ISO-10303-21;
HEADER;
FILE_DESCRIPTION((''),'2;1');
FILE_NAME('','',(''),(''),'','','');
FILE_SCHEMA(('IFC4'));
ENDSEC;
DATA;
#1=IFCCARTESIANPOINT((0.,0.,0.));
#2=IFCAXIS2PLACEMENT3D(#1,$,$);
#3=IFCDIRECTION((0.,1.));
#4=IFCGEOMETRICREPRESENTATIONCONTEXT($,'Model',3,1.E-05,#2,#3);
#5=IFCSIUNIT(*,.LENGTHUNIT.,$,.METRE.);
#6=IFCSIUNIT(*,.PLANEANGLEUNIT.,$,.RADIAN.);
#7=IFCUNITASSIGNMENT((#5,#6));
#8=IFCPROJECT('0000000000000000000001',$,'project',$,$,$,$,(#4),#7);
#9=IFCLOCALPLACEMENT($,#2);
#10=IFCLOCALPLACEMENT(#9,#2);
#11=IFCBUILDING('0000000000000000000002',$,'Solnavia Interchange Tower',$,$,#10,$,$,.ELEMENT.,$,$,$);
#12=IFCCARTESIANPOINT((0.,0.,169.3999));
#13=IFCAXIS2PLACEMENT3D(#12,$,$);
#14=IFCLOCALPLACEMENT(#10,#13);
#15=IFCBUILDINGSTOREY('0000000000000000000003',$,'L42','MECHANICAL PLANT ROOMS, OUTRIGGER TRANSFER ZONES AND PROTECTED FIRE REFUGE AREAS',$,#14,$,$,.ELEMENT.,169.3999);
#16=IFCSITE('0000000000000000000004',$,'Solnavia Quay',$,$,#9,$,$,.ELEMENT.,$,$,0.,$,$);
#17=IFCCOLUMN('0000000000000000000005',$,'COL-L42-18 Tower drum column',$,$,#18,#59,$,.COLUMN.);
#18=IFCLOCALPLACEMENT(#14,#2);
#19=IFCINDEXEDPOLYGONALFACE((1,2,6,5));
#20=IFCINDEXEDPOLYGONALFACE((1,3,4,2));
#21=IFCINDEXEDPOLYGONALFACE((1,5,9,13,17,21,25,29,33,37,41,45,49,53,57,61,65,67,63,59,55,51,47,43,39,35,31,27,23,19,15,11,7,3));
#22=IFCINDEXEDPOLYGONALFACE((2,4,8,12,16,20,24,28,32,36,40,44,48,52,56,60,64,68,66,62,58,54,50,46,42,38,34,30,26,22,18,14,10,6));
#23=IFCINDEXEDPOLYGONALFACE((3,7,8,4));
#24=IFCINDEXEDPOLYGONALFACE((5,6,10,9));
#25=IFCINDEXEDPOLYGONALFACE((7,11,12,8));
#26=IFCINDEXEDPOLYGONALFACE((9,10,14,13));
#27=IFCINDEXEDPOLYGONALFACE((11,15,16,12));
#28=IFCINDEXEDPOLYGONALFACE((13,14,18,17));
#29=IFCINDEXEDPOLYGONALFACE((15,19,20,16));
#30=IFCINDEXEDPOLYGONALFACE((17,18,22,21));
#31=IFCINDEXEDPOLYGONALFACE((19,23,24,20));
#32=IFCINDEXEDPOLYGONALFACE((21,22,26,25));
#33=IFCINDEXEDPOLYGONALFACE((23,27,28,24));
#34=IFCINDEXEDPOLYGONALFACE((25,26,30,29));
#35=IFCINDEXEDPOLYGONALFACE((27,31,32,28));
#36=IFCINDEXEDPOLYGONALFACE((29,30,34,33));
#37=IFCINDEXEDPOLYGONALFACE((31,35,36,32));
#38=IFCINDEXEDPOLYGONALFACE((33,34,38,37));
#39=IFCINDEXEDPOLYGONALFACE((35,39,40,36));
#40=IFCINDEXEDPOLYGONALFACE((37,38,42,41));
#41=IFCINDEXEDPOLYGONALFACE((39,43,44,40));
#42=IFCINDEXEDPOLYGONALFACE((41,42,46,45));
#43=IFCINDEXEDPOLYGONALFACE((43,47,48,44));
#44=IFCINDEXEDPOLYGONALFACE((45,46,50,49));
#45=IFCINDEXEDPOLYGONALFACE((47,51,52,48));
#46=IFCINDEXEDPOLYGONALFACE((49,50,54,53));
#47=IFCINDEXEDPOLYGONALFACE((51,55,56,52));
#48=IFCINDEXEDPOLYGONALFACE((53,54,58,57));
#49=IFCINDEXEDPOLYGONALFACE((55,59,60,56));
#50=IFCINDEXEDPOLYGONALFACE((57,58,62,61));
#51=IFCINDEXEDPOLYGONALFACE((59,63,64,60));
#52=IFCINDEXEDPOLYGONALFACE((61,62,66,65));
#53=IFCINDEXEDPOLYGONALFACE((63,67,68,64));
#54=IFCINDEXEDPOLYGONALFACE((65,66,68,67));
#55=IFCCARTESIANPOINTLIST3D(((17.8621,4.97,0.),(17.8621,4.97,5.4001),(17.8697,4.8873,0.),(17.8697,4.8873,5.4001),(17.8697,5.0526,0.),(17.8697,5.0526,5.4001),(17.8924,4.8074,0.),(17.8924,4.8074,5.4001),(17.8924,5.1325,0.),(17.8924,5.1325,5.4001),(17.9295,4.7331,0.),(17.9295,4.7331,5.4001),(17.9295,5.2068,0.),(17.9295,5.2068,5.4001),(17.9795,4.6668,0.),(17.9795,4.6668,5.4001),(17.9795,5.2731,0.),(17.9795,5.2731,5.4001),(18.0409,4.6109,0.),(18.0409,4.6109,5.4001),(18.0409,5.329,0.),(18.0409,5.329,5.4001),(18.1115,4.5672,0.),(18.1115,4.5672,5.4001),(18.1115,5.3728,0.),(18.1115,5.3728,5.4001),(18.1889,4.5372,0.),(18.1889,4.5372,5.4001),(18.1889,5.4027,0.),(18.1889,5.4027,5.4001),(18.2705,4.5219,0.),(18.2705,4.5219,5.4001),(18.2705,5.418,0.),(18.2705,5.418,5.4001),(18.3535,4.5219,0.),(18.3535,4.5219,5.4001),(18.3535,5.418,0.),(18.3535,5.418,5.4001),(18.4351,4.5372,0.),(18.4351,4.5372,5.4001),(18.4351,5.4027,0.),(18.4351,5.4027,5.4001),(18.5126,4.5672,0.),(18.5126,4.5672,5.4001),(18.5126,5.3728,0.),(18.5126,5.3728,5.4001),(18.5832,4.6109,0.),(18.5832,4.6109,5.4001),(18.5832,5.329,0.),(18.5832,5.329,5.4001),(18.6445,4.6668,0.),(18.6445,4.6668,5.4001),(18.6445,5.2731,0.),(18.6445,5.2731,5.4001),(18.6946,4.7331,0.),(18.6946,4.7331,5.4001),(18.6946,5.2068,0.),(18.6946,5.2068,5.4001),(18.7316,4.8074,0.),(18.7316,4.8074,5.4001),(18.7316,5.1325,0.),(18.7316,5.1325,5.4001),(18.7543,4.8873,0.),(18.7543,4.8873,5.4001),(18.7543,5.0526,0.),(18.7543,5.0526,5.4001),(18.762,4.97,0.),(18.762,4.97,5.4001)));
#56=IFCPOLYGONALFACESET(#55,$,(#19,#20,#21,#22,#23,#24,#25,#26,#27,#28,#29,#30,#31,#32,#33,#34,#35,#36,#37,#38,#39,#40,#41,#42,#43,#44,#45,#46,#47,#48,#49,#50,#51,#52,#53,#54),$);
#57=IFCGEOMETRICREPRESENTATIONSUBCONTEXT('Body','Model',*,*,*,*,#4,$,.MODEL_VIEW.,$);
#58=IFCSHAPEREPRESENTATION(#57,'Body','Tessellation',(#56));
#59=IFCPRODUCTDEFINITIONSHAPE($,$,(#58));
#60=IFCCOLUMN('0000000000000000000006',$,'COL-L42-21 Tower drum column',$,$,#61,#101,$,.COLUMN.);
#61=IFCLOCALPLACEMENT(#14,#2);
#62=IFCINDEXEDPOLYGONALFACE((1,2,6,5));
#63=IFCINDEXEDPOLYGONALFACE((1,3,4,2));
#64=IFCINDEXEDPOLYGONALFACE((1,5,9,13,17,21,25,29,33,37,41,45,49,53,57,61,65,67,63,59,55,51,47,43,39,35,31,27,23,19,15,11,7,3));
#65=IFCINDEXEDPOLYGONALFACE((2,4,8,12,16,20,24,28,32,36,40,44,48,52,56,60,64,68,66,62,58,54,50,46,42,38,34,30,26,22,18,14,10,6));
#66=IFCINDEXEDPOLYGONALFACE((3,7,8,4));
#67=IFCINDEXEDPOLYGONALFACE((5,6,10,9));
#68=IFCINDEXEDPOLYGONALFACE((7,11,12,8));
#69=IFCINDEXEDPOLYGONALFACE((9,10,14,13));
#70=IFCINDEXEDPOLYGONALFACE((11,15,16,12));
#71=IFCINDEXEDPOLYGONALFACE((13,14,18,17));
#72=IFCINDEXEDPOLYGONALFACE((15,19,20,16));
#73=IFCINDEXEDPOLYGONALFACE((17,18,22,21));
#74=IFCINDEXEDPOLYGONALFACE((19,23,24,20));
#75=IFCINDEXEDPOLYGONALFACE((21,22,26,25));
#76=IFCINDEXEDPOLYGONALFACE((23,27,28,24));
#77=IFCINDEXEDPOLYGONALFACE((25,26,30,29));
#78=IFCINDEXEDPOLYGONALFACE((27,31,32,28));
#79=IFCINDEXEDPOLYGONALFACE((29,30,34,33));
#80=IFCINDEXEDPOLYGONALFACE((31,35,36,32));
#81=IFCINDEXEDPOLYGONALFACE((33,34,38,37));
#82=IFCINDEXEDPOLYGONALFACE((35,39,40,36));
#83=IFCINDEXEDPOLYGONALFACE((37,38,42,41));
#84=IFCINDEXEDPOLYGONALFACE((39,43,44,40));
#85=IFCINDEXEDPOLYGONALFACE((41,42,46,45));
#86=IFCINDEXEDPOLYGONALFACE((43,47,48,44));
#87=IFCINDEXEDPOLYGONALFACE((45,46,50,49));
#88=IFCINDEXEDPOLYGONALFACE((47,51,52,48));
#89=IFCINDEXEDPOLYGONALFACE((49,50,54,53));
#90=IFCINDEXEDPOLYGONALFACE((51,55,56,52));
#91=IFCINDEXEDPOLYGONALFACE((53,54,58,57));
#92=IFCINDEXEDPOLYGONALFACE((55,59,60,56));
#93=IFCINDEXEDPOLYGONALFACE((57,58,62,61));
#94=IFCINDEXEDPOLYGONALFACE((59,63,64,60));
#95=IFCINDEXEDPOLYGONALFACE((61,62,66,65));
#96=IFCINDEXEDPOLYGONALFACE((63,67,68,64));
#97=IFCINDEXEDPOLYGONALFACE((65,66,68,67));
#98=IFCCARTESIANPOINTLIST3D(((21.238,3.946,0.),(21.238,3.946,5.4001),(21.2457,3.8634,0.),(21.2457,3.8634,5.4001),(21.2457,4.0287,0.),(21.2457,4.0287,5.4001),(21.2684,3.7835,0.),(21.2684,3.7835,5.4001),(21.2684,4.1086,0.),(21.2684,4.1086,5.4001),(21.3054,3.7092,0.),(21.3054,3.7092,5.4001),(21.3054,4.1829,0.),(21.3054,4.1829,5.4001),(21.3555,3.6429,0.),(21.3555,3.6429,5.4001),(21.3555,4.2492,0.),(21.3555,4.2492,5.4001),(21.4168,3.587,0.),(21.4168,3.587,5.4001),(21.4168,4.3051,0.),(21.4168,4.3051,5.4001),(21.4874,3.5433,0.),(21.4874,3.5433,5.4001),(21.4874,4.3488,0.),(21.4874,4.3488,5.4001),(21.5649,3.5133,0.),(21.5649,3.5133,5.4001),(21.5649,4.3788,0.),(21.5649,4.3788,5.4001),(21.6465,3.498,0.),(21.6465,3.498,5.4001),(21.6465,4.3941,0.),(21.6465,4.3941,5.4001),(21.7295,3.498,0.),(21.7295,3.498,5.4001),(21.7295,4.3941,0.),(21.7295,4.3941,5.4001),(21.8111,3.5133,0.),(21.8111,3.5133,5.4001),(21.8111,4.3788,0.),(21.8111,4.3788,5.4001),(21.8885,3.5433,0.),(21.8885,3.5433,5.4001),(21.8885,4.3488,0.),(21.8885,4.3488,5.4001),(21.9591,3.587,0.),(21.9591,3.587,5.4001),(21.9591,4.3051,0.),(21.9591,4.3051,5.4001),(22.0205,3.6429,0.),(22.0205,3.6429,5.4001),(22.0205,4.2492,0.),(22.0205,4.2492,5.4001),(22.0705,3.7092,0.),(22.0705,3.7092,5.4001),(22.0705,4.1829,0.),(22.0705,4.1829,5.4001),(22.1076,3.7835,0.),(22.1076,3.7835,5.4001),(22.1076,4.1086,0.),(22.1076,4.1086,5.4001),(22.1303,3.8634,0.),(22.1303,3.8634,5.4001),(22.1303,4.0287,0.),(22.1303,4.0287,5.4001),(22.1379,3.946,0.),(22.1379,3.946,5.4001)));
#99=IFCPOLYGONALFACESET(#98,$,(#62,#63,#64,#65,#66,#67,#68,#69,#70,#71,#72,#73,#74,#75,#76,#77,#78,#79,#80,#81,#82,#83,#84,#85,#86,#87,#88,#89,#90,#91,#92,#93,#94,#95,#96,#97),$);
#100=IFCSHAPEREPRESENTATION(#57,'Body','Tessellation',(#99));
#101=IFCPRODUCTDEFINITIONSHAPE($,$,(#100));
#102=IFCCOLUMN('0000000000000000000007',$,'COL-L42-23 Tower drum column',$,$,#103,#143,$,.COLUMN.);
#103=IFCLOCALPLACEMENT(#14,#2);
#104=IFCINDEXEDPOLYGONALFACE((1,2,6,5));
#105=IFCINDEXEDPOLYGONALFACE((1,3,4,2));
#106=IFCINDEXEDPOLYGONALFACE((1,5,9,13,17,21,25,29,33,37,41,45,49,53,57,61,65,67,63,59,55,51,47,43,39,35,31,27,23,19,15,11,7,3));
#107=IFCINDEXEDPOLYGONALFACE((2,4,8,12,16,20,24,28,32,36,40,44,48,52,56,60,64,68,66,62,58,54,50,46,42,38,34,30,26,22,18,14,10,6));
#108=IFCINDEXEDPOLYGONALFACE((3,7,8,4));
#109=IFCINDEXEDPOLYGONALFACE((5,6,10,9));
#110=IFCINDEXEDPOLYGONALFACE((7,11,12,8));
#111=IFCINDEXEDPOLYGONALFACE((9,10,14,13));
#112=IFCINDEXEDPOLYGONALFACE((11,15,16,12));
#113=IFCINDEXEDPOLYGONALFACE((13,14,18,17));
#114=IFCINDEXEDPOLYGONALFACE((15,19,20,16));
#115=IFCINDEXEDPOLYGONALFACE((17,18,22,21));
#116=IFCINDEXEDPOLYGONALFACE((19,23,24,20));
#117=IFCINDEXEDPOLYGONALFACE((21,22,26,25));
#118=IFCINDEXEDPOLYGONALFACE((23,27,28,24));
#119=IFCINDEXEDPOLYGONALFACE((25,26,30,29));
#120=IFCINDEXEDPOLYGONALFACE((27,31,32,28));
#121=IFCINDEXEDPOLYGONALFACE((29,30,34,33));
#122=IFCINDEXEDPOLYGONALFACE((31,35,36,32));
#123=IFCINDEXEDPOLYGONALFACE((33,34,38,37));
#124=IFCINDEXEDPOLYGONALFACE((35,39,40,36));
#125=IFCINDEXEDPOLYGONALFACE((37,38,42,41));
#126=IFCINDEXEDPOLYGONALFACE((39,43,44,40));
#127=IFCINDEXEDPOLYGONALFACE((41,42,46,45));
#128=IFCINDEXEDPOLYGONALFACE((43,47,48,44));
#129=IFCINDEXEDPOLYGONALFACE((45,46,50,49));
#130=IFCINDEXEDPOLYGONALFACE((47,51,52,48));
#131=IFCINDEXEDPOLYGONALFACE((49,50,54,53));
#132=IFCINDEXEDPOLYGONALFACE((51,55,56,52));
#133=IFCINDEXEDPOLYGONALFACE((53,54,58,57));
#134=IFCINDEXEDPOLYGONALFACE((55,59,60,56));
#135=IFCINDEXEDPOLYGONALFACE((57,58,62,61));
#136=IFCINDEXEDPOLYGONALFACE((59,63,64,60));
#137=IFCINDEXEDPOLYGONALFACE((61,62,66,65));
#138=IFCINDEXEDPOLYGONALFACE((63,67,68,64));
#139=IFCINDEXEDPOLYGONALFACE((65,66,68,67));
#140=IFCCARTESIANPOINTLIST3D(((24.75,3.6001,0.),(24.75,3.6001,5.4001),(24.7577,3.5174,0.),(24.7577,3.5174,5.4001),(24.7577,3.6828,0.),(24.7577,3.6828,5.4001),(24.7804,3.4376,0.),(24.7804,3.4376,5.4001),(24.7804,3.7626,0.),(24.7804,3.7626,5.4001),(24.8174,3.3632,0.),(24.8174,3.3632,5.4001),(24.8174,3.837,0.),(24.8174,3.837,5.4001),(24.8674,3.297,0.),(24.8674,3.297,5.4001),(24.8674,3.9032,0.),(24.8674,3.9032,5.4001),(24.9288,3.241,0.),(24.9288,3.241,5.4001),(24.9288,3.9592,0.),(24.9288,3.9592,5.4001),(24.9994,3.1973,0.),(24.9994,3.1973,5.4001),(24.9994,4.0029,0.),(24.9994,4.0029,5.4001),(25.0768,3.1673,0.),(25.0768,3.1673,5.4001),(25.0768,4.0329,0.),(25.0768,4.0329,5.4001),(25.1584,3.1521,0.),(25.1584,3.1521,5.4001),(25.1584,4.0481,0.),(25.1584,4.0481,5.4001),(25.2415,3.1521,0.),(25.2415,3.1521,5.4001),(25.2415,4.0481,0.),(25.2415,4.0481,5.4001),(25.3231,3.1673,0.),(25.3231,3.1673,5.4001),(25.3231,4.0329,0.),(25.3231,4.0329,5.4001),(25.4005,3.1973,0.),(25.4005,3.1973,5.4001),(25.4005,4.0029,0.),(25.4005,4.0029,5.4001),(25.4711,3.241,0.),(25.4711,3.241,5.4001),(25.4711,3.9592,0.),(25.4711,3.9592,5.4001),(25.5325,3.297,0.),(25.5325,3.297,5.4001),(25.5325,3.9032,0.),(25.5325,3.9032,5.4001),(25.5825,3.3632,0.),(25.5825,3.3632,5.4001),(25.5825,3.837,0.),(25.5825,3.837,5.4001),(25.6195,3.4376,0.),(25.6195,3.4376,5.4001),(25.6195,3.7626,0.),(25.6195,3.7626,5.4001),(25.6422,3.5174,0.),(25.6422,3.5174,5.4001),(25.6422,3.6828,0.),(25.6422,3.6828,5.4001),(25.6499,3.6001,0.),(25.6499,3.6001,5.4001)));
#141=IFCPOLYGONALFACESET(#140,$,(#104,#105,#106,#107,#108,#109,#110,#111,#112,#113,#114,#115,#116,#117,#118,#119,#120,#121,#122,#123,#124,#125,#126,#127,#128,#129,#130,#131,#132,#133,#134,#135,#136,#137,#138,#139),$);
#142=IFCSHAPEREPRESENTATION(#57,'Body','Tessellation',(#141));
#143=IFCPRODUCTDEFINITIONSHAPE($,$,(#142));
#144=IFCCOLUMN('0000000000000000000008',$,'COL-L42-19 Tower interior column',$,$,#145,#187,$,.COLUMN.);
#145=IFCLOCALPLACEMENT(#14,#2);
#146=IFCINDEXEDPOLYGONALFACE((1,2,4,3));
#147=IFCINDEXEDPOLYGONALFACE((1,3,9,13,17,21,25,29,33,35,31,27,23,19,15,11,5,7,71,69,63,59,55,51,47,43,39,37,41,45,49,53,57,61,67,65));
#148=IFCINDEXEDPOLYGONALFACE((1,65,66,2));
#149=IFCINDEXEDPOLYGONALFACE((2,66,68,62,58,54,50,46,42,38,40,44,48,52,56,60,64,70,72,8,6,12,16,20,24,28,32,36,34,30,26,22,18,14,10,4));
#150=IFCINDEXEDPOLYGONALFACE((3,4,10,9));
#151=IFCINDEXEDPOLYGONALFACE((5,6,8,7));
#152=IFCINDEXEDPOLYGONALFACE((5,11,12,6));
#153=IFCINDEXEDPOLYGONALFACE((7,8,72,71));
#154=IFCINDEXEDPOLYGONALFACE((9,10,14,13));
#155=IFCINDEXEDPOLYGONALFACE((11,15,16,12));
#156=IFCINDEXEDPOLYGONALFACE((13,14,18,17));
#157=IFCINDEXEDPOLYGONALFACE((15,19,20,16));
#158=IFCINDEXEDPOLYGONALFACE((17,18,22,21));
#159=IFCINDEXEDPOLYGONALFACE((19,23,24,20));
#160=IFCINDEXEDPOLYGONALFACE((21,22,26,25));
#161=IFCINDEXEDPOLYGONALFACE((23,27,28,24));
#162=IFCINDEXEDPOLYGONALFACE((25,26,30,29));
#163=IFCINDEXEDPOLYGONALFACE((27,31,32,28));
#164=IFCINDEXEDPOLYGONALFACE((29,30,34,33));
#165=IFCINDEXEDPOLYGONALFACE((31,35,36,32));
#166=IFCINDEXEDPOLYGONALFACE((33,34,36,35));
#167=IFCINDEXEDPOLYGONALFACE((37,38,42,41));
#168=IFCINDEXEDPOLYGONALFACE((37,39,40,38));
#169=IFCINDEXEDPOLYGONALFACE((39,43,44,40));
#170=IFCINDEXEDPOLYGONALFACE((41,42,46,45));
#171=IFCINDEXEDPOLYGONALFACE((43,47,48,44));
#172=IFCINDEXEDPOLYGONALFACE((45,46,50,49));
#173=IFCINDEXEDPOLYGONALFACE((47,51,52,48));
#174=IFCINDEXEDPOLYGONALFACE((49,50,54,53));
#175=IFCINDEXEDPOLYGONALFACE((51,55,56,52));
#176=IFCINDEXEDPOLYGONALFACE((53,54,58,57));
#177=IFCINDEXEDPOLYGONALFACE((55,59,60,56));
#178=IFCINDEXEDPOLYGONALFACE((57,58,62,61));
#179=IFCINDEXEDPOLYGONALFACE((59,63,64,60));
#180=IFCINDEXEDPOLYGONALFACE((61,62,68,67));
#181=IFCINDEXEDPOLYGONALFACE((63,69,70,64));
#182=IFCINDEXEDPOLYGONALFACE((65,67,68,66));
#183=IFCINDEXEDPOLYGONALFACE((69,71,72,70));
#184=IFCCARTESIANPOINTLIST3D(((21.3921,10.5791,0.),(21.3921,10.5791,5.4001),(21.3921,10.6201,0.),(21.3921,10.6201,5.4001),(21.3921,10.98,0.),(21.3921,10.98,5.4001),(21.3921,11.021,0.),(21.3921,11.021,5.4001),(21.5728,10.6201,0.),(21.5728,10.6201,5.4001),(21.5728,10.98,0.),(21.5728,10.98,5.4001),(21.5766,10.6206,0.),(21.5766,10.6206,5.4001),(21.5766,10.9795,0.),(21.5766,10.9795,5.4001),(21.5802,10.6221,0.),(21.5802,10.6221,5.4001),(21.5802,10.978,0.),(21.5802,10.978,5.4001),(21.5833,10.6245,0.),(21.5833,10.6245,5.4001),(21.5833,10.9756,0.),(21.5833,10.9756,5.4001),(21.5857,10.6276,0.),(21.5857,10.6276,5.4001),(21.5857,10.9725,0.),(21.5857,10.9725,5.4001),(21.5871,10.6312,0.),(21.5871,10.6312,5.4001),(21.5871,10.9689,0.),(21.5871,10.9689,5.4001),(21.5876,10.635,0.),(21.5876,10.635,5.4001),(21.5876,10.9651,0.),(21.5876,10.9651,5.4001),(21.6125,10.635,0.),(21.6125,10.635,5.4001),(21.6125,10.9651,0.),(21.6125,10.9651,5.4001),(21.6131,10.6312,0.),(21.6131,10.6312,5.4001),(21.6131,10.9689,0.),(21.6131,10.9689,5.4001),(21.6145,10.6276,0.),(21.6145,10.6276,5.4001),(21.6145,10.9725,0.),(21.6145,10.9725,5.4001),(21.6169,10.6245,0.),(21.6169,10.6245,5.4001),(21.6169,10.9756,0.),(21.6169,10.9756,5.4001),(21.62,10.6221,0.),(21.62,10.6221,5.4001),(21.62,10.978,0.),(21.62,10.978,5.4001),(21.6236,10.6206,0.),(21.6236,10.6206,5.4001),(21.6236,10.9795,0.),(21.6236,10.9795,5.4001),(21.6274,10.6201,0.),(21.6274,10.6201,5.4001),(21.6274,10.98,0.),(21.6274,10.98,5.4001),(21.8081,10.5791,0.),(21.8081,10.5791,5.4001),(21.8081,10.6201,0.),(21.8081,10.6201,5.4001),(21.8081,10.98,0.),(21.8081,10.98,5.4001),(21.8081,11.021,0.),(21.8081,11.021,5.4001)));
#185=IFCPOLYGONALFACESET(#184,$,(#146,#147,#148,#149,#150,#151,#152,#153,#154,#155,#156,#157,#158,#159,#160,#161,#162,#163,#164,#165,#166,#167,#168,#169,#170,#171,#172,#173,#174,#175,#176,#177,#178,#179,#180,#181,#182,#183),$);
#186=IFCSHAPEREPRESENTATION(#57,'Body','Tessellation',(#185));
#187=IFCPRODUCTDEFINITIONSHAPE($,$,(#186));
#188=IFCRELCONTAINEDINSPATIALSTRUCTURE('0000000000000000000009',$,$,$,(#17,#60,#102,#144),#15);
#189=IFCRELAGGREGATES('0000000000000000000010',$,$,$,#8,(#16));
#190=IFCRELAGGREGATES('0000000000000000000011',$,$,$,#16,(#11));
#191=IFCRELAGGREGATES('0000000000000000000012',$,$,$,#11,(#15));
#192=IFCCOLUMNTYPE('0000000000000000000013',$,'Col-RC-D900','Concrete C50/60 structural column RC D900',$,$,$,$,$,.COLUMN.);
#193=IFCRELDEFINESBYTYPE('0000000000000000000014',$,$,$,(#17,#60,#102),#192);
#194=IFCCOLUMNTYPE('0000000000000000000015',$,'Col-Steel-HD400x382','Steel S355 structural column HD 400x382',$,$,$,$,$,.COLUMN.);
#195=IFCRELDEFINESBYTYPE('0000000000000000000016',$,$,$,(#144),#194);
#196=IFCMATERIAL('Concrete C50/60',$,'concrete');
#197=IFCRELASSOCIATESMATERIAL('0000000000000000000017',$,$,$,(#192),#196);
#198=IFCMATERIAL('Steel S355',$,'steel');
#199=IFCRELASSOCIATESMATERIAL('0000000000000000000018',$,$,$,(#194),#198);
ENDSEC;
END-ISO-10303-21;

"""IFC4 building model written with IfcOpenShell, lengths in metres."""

from ifc_helpers import new_model, si_unit, direction, frame, origin, origin_2d, place, context, subcontext, project, spatial, circle, i_section, extrude, material, material_profile, profile_set, type_object, element, save


model = new_model("IFC4")

# Units and contexts
model_context = context("Model", 3, precision=1e-05, world=origin(), true_north=direction((0.0, 1.0)))
body_context = subcontext(model_context, "Body", "Model", "MODEL_VIEW")
ifc_project = project(units=[si_unit("LENGTHUNIT", "METRE"), si_unit("PLANEANGLEUNIT", "RADIAN")], contexts=[model_context])

# Site, building, storey
site_placement = place(None, origin())
site = spatial("IfcSite", under=ifc_project, at=site_placement, Name="Solnavia Quay", CompositionType="ELEMENT", RefElevation=0.0)
building_placement = place(site_placement, origin())
building = spatial("IfcBuilding", under=site, at=building_placement, Name="Solnavia Interchange Tower", CompositionType="ELEMENT")
storey_placement = place(building_placement, frame((0.0, 0.0, 169.3999)))
storey = spatial("IfcBuildingStorey", under=building, at=storey_placement, Name="L42", Description="MECHANICAL PLANT ROOMS, OUTRIGGER TRANSFER ZONES AND PROTECTED FIRE REFUGE AREAS", CompositionType="ELEMENT", Elevation=169.3999)

# Columns
ifc_material_1 = material(Name="Concrete C50/60", Category="concrete")
ifc_material_profile_1 = material_profile(ifc_material_1, circle(Radius=0.45, at=origin_2d()), Name="RC D900")
ifc_profile_set_1 = profile_set([ifc_material_profile_1], Name="Concrete C50/60")
column_type_1 = type_object("IfcColumnType", Name="Col-RC-D900", Description="Concrete C50/60 structural column RC D900", PredefinedType="COLUMN", material=ifc_profile_set_1)
for number, where, z_axis, x_axis, name in (
    (1, (18.312, 4.97, 0.0), (0.0, 0.0, 1.0), (1.0, 0.0, 0.0), "COL-L42-18 Tower drum column"),
    (2, (21.688, 3.946, 0.0), (0.0, 0.0, 1.0), (1.0, 0.0, 0.0), "COL-L42-21 Tower drum column"),
    (3, (25.2, 3.6001, 0.0), (0.0, 0.0, 1.0), (1.0, 0.0, 0.0), "COL-L42-23 Tower drum column"),
):
    element("IfcColumn", number, at=place(storey_placement, frame(where, z_axis=z_axis, x_axis=x_axis)), inside=storey, type_object=column_type_1, Name=name, PredefinedType="COLUMN", context=body_context, shape_type="SweptSolid", body=[
        extrude(circle(Radius=0.45, at=origin_2d()), origin(), (0.0, 0.0, 1.0), 5.4001),
    ])
ifc_material_2 = material(Name="Steel S355", Category="steel")
ifc_material_profile_2 = material_profile(ifc_material_2, i_section(OverallWidth=0.416, OverallDepth=0.4419, WebThickness=0.0249, FlangeThickness=0.041, FilletRadius=0.0149, at=origin_2d()), Name="HD 400x382")
ifc_profile_set_2 = profile_set([ifc_material_profile_2], Name="Steel S355")
column_type_2 = type_object("IfcColumnType", Name="Col-Steel-HD400x382", Description="Steel S355 structural column HD 400x382", PredefinedType="COLUMN", material=ifc_profile_set_2)
column_placement = place(storey_placement, frame((21.6001, 10.8, 0.0), z_axis=(0.0, 0.0, 1.0), x_axis=(1.0, 0.0, 0.0)))
element("IfcColumn", 4, at=column_placement, inside=storey, type_object=column_type_2, Name="COL-L42-19 Tower interior column", PredefinedType="COLUMN", context=body_context, shape_type="SweptSolid", body=[
    extrude(i_section(OverallWidth=0.416, OverallDepth=0.4419, WebThickness=0.0249, FlangeThickness=0.041, FilletRadius=0.0149, at=origin_2d()), origin(), (0.0, 0.0, 1.0), 5.4001),
])

save(model, "model.ifc")
